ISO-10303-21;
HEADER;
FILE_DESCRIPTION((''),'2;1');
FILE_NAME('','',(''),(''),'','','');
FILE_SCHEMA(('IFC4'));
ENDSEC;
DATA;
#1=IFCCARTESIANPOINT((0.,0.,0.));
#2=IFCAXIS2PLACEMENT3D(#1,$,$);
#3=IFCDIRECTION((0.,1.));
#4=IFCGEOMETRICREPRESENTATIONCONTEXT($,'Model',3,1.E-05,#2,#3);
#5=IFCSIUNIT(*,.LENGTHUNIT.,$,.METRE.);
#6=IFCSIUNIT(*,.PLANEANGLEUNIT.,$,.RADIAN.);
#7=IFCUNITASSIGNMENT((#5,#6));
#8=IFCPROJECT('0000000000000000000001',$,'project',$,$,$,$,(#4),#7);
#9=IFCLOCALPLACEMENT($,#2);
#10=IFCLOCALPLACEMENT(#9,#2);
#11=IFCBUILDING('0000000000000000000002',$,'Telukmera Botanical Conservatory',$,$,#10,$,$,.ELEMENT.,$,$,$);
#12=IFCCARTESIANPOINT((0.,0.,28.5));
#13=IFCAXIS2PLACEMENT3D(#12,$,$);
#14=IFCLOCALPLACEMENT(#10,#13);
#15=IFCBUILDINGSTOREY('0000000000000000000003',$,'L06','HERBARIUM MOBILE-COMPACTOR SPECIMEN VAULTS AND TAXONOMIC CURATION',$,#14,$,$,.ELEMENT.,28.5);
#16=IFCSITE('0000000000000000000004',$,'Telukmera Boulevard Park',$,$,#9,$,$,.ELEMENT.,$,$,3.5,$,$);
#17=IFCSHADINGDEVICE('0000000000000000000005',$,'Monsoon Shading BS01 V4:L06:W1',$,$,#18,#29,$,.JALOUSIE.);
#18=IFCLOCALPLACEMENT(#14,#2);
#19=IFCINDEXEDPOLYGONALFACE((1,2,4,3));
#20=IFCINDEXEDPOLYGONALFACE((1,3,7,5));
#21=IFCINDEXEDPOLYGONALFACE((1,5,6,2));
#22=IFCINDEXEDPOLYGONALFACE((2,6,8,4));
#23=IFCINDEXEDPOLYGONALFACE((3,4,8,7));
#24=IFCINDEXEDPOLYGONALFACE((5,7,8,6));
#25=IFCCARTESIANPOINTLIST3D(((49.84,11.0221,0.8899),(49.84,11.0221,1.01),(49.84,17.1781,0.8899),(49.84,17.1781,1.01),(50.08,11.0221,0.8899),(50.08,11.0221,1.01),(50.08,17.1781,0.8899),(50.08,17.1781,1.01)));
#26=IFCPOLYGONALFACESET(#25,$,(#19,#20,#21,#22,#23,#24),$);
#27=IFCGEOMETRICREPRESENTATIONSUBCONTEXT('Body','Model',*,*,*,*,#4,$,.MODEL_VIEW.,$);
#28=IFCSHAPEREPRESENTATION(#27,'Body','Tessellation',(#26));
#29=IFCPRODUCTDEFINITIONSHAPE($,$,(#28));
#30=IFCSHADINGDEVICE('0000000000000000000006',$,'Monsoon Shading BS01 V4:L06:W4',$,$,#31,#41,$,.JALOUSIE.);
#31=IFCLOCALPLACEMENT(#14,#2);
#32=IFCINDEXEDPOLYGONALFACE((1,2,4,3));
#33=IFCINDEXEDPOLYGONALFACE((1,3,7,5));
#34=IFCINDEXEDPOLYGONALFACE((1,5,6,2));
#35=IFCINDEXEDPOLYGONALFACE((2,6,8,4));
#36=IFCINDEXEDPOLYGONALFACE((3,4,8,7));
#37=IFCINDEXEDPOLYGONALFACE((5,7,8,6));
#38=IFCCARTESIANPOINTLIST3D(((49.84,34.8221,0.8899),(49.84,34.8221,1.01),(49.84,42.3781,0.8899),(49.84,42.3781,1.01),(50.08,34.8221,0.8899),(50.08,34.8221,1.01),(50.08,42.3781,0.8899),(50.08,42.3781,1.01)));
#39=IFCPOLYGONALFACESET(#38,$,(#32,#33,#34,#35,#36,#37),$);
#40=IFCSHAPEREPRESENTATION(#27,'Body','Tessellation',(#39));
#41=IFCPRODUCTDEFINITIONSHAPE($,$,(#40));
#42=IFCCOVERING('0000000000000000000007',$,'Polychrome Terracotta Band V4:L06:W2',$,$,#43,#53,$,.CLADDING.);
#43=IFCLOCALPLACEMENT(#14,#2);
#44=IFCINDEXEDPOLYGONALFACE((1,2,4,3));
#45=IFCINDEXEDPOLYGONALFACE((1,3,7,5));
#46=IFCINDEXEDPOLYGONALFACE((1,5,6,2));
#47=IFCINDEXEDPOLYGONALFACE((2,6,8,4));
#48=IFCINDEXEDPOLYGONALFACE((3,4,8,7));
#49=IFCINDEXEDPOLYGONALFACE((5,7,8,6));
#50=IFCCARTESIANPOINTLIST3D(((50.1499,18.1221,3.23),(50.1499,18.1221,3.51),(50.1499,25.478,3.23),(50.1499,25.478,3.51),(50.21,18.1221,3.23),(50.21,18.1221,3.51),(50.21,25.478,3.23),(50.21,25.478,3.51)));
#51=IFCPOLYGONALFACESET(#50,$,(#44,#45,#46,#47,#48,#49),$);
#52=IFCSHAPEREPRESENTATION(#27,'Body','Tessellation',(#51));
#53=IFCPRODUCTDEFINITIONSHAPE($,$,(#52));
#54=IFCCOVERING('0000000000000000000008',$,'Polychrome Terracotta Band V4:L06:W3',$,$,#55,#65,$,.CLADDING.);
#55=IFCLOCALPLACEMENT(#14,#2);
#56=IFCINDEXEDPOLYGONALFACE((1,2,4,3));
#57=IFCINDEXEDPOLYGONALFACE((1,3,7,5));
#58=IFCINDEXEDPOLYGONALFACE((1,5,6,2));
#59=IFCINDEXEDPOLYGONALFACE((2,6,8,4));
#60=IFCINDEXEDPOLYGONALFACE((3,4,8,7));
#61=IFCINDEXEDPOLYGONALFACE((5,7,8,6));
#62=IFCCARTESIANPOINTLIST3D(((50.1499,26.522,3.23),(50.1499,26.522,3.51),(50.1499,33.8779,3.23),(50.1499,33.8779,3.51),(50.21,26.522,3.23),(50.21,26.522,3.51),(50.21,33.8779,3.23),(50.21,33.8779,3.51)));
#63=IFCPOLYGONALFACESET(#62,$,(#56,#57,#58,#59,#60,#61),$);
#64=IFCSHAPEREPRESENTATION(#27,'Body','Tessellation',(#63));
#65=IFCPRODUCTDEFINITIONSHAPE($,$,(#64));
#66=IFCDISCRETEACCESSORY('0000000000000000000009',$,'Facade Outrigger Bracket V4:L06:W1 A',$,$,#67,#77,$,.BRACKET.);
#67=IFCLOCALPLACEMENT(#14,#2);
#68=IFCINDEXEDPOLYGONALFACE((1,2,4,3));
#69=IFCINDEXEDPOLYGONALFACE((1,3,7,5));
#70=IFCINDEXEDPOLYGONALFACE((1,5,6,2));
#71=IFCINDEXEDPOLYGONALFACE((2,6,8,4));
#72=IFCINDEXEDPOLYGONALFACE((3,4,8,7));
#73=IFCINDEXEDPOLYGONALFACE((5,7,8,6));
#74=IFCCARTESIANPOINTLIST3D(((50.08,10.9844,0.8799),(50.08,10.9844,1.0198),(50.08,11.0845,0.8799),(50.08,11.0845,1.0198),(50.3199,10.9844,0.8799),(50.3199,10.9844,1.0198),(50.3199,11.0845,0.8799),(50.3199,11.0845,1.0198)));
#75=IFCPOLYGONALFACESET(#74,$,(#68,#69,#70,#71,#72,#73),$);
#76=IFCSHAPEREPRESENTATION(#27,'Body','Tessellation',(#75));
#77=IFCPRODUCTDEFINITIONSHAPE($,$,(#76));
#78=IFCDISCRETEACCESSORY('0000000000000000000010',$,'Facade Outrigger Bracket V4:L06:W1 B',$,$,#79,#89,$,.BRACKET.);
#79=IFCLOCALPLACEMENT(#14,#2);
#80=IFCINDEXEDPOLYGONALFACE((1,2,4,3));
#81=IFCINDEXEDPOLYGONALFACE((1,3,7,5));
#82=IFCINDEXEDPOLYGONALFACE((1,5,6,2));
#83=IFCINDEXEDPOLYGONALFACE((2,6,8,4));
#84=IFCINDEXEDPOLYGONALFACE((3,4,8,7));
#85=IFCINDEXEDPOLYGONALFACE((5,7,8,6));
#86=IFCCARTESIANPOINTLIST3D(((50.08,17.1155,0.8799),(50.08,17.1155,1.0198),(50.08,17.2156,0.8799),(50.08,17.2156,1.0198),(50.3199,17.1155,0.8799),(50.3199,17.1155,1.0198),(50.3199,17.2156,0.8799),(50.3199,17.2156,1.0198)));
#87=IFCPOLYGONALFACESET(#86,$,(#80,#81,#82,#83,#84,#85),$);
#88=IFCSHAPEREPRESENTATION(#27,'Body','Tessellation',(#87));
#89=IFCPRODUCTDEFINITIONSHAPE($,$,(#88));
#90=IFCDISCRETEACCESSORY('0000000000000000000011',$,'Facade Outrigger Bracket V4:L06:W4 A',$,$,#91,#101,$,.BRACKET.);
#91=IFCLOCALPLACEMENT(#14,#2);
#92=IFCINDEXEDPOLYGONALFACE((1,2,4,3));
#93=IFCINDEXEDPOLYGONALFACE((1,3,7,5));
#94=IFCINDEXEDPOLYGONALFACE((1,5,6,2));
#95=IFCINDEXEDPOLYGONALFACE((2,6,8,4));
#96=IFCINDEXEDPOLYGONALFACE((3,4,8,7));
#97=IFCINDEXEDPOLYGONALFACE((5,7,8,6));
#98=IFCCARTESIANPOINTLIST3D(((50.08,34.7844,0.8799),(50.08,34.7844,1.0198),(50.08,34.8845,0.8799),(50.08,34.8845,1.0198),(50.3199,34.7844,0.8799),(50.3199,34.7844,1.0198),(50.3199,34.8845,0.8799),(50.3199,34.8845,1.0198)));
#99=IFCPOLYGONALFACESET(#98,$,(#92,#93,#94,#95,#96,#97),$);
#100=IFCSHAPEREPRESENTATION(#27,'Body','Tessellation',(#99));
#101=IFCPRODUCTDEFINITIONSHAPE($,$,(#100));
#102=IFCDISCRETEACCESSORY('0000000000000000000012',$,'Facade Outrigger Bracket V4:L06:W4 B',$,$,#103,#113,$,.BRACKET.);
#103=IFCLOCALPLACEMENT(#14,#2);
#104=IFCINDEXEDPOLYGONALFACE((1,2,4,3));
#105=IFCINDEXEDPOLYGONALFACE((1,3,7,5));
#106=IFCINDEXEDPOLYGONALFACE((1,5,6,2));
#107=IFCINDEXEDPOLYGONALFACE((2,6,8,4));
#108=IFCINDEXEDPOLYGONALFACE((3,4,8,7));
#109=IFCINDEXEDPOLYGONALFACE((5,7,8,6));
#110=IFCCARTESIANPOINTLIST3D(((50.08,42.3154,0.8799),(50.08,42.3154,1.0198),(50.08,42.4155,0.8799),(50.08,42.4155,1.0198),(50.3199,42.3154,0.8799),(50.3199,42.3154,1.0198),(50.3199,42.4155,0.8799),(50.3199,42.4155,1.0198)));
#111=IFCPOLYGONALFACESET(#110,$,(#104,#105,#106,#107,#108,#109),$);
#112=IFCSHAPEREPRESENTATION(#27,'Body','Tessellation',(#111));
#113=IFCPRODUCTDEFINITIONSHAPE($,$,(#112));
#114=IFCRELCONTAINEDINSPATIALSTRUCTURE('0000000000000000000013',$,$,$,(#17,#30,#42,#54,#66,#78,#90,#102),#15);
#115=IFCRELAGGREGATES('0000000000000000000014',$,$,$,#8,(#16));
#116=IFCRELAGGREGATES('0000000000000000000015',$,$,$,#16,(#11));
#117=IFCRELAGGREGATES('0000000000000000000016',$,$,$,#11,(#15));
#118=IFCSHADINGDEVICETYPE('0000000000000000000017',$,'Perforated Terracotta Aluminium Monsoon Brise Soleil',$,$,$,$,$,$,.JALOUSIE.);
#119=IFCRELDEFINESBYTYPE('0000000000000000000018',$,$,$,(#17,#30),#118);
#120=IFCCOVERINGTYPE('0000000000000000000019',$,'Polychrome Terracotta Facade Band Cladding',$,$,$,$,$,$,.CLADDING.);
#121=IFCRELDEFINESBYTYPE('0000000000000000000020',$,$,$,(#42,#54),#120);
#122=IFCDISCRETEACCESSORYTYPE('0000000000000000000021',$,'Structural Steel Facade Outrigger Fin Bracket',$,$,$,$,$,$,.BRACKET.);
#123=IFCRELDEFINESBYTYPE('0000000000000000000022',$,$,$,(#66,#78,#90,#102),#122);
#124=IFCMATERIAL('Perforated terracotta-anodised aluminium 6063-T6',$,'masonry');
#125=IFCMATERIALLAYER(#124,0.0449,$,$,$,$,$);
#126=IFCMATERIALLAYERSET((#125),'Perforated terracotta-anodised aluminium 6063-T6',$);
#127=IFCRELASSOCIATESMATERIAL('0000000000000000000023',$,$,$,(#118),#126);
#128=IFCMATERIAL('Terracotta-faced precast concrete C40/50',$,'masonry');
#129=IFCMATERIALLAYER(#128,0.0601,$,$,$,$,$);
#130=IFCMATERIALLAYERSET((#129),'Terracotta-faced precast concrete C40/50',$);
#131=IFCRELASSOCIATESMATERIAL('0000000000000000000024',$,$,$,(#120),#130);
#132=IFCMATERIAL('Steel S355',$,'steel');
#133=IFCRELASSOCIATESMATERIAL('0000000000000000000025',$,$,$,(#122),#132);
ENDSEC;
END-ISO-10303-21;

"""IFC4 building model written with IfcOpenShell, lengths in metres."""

from ifc_helpers import new_model, si_unit, direction, frame, origin, origin_2d, place, context, subcontext, project, spatial, rectangle, extrude, material, layer, layer_set, type_object, element, save


model = new_model("IFC4")

# Units and contexts
model_context = context("Model", 3, precision=1e-05, world=origin(), true_north=direction((0.0, 1.0)))
body_context = subcontext(model_context, "Body", "Model", "MODEL_VIEW")
ifc_project = project(units=[si_unit("LENGTHUNIT", "METRE"), si_unit("PLANEANGLEUNIT", "RADIAN")], contexts=[model_context])

# Site, building, storey
site_placement = place(None, origin())
site = spatial("IfcSite", under=ifc_project, at=site_placement, Name="Telukmera Boulevard Park", CompositionType="ELEMENT", RefElevation=3.5)
building_placement = place(site_placement, origin())
building = spatial("IfcBuilding", under=site, at=building_placement, Name="Telukmera Botanical Conservatory", CompositionType="ELEMENT")
storey_placement = place(building_placement, frame((0.0, 0.0, 28.5)))
storey = spatial("IfcBuildingStorey", under=building, at=storey_placement, Name="L06", Description="HERBARIUM MOBILE-COMPACTOR SPECIMEN VAULTS AND TAXONOMIC CURATION", CompositionType="ELEMENT", Elevation=28.5)

# Shading devices
ifc_material_1 = material(Name="Perforated terracotta-anodised aluminium 6063-T6", Category="masonry")
ifc_layer_1 = layer(ifc_material_1, 0.0449)
ifc_layer_set_1 = layer_set([ifc_layer_1], Name="Perforated terracotta-anodised aluminium 6063-T6")
shading_device_type = type_object("IfcShadingDeviceType", Name="Perforated Terracotta Aluminium Monsoon Brise Soleil", PredefinedType="JALOUSIE", material=ifc_layer_set_1)
shading_device_1_placement = place(storey_placement, frame((49.96, 14.1001, 0.8899), z_axis=(0.0, 0.0, 1.0), x_axis=(0.0, 1.0, 0.0)))
element("IfcShadingDevice", 1, at=shading_device_1_placement, inside=storey, type_object=shading_device_type, Name="Monsoon Shading BS01 V4:L06:W1", PredefinedType="JALOUSIE", context=body_context, shape_type="SweptSolid", body=[
    extrude(rectangle(XDim=6.156, YDim=0.24, at=origin_2d()), origin(), (0.0, 0.0, 1.0), 0.1201),
])
shading_device_2_placement = place(storey_placement, frame((49.96, 38.6001, 0.8899), z_axis=(0.0, 0.0, 1.0), x_axis=(0.0, 1.0, 0.0)))
element("IfcShadingDevice", 2, at=shading_device_2_placement, inside=storey, type_object=shading_device_type, Name="Monsoon Shading BS01 V4:L06:W4", PredefinedType="JALOUSIE", context=body_context, shape_type="SweptSolid", body=[
    extrude(rectangle(XDim=7.5559, YDim=0.24, at=origin_2d()), origin(), (0.0, 0.0, 1.0), 0.1201),
])

# Coverings
ifc_material_2 = material(Name="Terracotta-faced precast concrete C40/50", Category="masonry")
ifc_layer_2 = layer(ifc_material_2, 0.0601)
ifc_layer_set_2 = layer_set([ifc_layer_2], Name="Terracotta-faced precast concrete C40/50")
covering_type_1 = type_object("IfcCoveringType", Name="Polychrome Terracotta Facade Band Cladding", PredefinedType="CLADDING", material=ifc_layer_set_2)
for number, where, z_axis, x_axis, name in (
    (3, (50.1799, 21.8, 3.23), (0.0, 0.0, 1.0), (0.0, 1.0, 0.0), "Polychrome Terracotta Band V4:L06:W2"),
    (4, (50.1799, 30.2, 3.23), (0.0, 0.0, 1.0), (0.0, 1.0, 0.0), "Polychrome Terracotta Band V4:L06:W3"),
):
    element("IfcCovering", number, at=place(storey_placement, frame(where, z_axis=z_axis, x_axis=x_axis)), inside=storey, type_object=covering_type_1, Name=name, PredefinedType="CLADDING", context=body_context, shape_type="SweptSolid", body=[
        extrude(rectangle(XDim=7.356, YDim=0.0601, at=origin_2d()), origin(), (0.0, 0.0, 1.0), 0.28),
    ])

# Discrete accessories
ifc_material_3 = material(Name="Steel S355", Category="steel")
discrete_accessory_type = type_object("IfcDiscreteAccessoryType", Name="Structural Steel Facade Outrigger Fin Bracket", PredefinedType="BRACKET", material=ifc_material_3)
for number, where, z_axis, x_axis, name in (
    (5, (50.2, 11.0344, 0.8799), (0.0, 0.0, 1.0), (0.0, 1.0, 0.0), "Facade Outrigger Bracket V4:L06:W1 A"),
    (6, (50.2, 17.1655, 0.8799), (0.0, 0.0, 1.0), (0.0, 1.0, 0.0), "Facade Outrigger Bracket V4:L06:W1 B"),
    (7, (50.2, 34.8345, 0.8799), (0.0, 0.0, 1.0), (0.0, 1.0, 0.0), "Facade Outrigger Bracket V4:L06:W4 A"),
    (8, (50.2, 42.3655, 0.8799), (0.0, 0.0, 1.0), (0.0, 1.0, 0.0), "Facade Outrigger Bracket V4:L06:W4 B"),
):
    element("IfcDiscreteAccessory", number, at=place(storey_placement, frame(where, z_axis=z_axis, x_axis=x_axis)), inside=storey, type_object=discrete_accessory_type, Name=name, PredefinedType="BRACKET", context=body_context, shape_type="SweptSolid", body=[
        extrude(rectangle(XDim=0.1001, YDim=0.24, at=origin_2d()), origin(), (0.0, 0.0, 1.0), 0.1399),
    ])

save(model, "model.ifc")
